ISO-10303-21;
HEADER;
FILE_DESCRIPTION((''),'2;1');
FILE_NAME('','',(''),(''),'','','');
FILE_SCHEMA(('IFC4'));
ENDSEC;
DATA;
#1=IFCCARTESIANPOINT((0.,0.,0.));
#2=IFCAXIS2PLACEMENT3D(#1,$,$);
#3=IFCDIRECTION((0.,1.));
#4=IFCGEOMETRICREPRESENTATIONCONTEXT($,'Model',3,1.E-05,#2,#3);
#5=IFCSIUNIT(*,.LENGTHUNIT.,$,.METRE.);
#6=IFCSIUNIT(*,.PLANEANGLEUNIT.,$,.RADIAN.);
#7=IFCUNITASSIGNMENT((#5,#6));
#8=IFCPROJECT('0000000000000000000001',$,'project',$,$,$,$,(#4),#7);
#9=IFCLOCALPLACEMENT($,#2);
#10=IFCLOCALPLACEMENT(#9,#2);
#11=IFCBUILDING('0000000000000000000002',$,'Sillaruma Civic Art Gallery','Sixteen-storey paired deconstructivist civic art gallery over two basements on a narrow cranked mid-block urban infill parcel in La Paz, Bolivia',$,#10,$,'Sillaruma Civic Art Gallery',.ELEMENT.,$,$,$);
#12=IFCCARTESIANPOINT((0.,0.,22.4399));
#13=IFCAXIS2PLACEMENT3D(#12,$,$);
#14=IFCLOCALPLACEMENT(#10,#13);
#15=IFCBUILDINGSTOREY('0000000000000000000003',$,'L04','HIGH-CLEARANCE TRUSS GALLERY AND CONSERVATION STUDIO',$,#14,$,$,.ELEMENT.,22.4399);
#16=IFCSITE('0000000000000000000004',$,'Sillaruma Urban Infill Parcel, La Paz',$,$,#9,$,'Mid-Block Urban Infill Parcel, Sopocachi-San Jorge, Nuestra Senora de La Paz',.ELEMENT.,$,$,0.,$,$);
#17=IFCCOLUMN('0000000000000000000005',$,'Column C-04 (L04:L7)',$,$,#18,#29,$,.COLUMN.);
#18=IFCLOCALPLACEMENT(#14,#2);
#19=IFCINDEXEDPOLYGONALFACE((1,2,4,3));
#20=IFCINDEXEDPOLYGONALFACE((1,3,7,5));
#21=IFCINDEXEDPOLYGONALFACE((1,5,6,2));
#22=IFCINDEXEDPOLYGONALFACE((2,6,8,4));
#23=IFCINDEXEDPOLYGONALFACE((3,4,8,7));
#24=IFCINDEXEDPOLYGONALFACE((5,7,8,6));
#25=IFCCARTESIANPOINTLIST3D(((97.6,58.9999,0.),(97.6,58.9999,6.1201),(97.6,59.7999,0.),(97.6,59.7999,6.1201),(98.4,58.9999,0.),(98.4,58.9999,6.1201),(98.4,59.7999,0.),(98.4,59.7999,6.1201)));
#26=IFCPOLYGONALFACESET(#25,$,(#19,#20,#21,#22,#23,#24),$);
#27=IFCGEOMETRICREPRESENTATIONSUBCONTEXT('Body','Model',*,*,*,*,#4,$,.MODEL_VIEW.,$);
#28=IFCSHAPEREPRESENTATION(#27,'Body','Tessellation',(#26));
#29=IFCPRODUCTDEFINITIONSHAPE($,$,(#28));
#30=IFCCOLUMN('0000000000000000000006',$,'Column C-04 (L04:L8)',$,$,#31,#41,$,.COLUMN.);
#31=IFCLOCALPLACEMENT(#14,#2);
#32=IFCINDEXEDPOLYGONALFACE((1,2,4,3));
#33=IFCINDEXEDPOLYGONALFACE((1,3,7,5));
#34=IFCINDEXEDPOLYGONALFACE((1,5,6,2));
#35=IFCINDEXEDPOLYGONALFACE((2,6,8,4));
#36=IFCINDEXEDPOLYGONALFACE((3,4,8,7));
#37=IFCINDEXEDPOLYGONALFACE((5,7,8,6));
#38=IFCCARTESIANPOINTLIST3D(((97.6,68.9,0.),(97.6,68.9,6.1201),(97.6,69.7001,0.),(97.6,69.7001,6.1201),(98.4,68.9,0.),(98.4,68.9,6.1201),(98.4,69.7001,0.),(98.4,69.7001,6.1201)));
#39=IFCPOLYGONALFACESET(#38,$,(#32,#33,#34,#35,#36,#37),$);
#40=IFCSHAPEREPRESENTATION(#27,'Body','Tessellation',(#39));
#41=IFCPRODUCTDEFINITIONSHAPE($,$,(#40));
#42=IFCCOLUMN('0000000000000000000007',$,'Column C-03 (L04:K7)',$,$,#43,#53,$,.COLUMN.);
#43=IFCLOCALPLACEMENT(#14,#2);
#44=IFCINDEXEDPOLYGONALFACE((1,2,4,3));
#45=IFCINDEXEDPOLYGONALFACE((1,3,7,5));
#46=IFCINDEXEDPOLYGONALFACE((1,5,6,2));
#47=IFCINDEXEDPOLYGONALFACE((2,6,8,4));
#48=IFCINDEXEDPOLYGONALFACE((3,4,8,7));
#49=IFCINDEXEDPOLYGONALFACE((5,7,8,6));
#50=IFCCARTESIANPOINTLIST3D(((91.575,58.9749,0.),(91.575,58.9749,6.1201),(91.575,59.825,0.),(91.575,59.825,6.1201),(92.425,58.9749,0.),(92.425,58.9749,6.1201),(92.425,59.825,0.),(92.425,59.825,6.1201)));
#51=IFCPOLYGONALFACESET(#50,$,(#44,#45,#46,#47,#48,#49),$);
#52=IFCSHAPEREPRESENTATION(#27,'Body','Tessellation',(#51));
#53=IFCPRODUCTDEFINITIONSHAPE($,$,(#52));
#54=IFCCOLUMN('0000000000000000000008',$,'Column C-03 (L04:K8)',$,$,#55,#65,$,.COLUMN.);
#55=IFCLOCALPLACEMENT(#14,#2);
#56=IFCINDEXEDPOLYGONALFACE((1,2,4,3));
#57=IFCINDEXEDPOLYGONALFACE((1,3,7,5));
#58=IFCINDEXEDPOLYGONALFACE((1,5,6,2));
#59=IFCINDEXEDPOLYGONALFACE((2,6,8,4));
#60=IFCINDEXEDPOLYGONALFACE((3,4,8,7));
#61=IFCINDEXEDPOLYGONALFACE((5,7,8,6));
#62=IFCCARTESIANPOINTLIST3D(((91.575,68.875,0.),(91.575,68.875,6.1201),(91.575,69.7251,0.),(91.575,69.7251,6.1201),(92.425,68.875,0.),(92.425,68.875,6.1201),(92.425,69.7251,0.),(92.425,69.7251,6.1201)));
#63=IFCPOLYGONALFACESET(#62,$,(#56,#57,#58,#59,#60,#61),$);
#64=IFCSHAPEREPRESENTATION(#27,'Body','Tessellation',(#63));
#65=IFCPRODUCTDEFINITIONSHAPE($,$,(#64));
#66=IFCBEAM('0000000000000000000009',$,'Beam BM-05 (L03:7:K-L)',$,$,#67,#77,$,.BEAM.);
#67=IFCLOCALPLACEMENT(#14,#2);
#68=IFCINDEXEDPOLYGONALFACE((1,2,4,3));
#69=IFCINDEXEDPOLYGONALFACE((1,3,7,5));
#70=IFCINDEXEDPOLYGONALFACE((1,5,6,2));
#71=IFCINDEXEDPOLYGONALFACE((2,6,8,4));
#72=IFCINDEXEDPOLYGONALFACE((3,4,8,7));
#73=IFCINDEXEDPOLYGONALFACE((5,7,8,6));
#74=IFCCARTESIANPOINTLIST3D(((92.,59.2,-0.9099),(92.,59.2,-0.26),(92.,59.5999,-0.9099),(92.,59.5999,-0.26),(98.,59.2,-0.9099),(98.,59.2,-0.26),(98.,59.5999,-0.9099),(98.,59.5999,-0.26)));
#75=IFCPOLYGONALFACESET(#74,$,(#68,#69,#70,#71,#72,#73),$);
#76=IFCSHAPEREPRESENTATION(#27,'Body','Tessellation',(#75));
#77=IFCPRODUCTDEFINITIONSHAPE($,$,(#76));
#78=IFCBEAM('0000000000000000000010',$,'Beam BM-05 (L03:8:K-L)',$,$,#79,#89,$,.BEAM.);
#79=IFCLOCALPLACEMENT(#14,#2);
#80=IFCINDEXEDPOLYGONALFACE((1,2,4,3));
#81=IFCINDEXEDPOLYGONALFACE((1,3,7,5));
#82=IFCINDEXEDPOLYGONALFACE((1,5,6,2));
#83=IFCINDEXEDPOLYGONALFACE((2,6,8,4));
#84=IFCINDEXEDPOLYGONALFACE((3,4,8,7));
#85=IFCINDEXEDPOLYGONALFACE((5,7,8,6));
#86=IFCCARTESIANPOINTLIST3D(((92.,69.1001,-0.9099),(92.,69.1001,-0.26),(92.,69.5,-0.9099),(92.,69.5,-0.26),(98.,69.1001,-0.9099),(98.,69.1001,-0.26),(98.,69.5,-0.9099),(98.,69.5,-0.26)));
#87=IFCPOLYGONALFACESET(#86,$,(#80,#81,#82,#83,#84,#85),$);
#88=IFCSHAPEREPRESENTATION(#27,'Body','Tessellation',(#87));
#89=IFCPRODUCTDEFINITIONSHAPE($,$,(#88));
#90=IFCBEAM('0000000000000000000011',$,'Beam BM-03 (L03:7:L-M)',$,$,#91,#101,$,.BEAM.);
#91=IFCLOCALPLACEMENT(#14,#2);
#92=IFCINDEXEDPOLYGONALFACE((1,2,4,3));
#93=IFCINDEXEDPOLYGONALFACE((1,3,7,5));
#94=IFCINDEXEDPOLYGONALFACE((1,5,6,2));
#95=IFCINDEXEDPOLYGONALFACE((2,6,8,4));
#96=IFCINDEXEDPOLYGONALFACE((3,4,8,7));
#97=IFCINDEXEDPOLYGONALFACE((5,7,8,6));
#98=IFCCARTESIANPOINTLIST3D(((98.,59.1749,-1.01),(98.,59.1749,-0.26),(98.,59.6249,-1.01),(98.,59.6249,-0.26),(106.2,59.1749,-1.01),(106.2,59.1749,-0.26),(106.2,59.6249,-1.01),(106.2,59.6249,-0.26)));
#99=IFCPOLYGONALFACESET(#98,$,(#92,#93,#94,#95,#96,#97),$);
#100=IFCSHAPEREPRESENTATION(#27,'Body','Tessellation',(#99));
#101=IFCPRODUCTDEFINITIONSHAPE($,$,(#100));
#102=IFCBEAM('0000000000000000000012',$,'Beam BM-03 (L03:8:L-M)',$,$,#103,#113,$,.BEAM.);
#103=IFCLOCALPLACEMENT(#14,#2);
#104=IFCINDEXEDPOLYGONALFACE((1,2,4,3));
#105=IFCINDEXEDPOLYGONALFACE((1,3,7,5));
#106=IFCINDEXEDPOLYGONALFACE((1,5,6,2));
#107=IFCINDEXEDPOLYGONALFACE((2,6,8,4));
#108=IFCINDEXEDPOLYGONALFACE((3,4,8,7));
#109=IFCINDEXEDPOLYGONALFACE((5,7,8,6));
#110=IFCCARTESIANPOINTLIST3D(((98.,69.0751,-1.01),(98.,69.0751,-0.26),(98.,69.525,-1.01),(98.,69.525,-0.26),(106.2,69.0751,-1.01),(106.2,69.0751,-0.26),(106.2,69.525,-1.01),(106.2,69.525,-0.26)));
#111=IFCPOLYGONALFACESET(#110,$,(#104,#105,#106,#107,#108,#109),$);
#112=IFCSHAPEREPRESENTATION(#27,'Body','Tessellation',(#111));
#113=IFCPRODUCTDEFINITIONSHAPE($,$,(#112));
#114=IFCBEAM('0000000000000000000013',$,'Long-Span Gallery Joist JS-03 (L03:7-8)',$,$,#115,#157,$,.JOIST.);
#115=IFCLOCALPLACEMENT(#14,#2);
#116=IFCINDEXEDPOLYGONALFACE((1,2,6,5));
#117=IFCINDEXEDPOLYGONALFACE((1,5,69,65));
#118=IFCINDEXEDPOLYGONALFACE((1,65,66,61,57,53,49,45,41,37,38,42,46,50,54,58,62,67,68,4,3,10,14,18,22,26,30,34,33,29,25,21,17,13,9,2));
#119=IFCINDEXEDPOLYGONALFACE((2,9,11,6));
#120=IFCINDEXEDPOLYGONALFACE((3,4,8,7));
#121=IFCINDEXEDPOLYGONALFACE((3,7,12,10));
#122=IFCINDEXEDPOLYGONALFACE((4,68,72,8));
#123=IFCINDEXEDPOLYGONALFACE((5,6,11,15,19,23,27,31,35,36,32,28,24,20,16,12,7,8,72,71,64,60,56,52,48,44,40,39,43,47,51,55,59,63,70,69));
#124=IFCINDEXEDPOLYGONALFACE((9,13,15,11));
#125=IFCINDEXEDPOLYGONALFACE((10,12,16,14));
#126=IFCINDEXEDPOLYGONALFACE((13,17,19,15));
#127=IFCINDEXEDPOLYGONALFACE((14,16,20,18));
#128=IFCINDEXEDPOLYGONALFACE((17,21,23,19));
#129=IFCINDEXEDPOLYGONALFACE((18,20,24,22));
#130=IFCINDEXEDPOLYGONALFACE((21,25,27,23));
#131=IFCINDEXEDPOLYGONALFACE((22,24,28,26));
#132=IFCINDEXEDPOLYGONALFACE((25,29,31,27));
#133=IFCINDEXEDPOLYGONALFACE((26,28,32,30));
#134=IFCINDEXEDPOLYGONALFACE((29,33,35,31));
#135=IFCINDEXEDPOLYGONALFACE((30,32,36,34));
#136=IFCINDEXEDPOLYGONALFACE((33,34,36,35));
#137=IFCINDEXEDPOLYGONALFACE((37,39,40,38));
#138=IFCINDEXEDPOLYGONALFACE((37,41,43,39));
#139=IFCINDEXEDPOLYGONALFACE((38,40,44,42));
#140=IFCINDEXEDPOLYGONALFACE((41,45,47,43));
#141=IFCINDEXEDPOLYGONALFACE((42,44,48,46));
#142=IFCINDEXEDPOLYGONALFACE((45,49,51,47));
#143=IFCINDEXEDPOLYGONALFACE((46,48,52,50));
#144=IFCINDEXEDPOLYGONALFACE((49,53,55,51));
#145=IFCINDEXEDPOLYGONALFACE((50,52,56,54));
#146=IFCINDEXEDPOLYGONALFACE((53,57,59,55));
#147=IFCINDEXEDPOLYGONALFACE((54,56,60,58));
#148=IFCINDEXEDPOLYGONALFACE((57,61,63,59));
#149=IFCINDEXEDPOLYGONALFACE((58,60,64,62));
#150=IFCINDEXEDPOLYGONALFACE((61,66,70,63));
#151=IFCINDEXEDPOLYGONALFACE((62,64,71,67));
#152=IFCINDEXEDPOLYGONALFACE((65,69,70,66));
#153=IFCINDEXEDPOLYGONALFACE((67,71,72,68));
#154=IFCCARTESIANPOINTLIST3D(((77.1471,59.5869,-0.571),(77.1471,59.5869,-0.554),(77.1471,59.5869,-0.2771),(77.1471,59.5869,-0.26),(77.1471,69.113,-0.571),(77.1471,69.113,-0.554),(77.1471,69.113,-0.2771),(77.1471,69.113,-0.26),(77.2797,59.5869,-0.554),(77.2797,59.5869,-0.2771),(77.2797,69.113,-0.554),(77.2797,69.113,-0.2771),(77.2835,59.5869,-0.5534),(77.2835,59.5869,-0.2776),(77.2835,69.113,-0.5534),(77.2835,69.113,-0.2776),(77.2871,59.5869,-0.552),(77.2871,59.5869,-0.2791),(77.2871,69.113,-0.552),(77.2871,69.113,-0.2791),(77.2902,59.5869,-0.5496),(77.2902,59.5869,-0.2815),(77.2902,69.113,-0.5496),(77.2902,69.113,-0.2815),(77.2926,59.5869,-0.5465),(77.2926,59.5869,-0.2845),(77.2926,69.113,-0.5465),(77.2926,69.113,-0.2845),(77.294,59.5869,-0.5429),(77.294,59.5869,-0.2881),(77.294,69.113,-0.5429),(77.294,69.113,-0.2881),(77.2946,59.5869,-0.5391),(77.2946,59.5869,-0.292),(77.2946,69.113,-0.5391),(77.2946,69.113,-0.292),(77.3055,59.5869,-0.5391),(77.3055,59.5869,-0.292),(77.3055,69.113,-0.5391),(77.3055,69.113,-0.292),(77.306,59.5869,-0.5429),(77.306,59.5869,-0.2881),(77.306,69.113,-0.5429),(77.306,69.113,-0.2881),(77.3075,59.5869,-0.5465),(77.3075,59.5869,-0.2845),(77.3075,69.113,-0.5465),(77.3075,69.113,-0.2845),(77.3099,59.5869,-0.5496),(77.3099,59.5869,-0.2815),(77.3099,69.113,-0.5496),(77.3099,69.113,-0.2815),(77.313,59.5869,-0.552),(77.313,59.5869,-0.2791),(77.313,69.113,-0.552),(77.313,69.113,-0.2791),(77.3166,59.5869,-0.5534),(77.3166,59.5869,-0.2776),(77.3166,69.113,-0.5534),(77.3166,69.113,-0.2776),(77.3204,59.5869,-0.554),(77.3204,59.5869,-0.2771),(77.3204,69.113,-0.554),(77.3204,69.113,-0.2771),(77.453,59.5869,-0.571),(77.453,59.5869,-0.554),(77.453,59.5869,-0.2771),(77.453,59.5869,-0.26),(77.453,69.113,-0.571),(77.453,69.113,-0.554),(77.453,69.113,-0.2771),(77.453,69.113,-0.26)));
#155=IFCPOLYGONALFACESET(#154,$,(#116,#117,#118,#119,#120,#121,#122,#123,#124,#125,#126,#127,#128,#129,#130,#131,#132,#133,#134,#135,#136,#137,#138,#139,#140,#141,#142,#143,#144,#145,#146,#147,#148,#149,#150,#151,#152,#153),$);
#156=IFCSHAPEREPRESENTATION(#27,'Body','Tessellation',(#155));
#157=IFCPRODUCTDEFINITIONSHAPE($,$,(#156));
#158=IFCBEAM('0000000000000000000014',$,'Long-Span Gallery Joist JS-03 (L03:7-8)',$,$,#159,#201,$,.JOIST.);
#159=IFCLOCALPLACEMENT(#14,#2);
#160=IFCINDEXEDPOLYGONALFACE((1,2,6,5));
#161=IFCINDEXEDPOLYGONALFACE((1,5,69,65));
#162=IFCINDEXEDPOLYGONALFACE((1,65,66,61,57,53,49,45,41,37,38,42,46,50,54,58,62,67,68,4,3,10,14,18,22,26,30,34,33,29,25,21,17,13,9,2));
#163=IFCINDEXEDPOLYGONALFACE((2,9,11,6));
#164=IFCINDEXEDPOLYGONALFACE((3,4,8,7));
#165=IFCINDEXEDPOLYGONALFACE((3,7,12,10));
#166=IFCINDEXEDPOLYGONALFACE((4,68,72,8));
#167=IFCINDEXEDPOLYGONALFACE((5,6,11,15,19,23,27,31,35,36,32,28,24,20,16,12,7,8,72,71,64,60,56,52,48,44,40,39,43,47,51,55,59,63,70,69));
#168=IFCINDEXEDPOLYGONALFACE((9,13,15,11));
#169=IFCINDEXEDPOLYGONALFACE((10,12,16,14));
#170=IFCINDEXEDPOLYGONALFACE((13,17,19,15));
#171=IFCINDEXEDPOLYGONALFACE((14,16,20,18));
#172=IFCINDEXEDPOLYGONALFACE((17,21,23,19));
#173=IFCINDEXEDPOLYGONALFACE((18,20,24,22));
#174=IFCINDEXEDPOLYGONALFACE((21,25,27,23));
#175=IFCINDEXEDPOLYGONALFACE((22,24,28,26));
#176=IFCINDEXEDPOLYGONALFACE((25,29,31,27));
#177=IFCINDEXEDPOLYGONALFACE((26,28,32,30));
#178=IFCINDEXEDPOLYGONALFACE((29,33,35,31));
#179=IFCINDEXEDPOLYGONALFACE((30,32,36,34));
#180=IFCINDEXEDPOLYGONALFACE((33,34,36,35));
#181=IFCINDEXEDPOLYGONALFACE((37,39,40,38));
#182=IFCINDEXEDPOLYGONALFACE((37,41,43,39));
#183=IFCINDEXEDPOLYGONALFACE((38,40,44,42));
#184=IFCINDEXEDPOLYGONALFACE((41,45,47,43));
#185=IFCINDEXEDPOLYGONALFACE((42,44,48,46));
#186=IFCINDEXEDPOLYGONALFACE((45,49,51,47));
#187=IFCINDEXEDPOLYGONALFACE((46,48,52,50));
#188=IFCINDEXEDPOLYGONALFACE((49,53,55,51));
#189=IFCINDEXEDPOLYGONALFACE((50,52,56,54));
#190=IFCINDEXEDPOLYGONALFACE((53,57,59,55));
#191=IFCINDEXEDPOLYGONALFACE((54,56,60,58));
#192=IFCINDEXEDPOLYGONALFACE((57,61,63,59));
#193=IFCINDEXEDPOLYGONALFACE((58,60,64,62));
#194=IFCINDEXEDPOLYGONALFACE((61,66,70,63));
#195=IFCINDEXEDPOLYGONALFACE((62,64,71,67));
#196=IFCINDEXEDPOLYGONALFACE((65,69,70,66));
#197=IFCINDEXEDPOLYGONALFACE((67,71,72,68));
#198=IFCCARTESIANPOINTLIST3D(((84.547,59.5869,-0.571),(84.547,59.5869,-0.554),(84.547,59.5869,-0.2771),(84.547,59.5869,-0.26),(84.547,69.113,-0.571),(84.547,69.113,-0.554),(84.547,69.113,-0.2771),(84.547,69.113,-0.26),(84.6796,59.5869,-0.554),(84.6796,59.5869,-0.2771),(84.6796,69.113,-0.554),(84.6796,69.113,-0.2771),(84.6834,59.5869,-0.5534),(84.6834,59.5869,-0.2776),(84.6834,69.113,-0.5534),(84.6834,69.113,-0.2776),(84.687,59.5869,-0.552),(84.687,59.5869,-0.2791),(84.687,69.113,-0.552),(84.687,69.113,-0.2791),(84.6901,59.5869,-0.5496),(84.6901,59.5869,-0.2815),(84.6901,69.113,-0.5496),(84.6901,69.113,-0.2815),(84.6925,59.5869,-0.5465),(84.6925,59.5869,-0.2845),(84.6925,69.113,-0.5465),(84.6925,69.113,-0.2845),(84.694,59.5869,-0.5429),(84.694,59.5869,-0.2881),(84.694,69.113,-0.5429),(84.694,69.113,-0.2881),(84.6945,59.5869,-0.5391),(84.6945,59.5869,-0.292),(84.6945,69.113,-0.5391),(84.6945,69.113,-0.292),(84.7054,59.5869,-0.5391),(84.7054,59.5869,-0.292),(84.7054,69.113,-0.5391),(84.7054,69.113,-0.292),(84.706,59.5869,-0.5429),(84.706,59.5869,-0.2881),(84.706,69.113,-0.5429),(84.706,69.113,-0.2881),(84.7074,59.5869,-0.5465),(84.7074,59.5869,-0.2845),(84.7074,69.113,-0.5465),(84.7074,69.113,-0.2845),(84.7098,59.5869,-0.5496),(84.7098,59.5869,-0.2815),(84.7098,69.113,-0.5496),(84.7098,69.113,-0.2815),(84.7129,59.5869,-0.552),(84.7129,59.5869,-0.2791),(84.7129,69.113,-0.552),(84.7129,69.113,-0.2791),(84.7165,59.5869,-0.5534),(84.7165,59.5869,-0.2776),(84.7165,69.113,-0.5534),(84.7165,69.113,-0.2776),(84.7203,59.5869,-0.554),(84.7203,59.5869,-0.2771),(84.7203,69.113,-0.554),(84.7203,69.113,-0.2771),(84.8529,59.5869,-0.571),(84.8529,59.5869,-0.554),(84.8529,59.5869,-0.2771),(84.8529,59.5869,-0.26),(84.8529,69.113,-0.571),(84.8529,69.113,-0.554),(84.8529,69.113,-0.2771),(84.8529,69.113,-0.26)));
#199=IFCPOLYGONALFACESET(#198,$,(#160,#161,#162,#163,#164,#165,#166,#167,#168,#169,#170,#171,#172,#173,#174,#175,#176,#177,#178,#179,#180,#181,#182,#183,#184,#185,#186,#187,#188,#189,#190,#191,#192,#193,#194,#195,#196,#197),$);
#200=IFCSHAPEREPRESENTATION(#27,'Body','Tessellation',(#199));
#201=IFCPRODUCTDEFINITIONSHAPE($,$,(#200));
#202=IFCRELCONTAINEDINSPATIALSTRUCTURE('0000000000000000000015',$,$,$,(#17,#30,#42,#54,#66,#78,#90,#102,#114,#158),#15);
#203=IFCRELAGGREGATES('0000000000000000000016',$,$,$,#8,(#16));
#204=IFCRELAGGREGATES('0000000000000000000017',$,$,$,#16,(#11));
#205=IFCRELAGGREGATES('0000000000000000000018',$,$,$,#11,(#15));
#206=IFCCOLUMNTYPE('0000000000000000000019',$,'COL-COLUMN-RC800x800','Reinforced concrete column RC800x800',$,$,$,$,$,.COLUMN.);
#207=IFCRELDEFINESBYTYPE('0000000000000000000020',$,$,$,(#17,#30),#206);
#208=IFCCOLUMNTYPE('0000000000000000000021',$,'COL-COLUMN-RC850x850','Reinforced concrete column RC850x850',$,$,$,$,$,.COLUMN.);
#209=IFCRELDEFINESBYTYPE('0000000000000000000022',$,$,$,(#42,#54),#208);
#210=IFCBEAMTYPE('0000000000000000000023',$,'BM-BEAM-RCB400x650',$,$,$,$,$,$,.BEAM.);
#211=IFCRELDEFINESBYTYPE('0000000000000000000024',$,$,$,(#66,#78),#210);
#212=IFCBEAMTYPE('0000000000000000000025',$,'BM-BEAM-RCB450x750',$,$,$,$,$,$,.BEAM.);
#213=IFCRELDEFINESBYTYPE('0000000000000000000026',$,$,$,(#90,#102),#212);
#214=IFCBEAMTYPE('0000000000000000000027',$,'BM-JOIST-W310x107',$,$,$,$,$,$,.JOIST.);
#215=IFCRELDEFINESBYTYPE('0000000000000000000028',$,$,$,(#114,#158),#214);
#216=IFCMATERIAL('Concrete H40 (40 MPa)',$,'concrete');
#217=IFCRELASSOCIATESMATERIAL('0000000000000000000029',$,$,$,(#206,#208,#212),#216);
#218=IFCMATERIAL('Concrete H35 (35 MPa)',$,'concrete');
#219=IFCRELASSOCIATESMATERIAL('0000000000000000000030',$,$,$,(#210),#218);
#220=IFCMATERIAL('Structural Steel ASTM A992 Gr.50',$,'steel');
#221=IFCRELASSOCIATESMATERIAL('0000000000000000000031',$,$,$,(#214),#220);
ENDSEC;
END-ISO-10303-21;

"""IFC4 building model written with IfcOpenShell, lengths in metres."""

from ifc_helpers import new_model, si_unit, direction, frame, origin, origin_2d, place, context, subcontext, project, spatial, rectangle, i_section, extrude, material, material_profile, profile_set, type_object, element, save


model = new_model("IFC4")

# Units and contexts
model_context = context("Model", 3, precision=1e-05, world=origin(), true_north=direction((0.0, 1.0)))
body_context = subcontext(model_context, "Body", "Model", "MODEL_VIEW")
ifc_project = project(units=[si_unit("LENGTHUNIT", "METRE"), si_unit("PLANEANGLEUNIT", "RADIAN")], contexts=[model_context])

# Site, building, storey
site_placement = place(None, origin())
site = spatial("IfcSite", under=ifc_project, at=site_placement, Name="Sillaruma Urban Infill Parcel, La Paz", LongName="Mid-Block Urban Infill Parcel, Sopocachi-San Jorge, Nuestra Senora de La Paz", CompositionType="ELEMENT", RefElevation=0.0)
building_placement = place(site_placement, origin())
building = spatial("IfcBuilding", under=site, at=building_placement, Name="Sillaruma Civic Art Gallery", Description="Sixteen-storey paired deconstructivist civic art gallery over two basements on a narrow cranked mid-block urban infill parcel in La Paz, Bolivia", LongName="Sillaruma Civic Art Gallery", CompositionType="ELEMENT")
storey_placement = place(building_placement, frame((0.0, 0.0, 22.4399)))
storey = spatial("IfcBuildingStorey", under=building, at=storey_placement, Name="L04", Description="HIGH-CLEARANCE TRUSS GALLERY AND CONSERVATION STUDIO", CompositionType="ELEMENT", Elevation=22.4399)

# Columns
ifc_material_1 = material(Name="Concrete H40 (40 MPa)", Category="concrete")
ifc_material_profile_1 = material_profile(ifc_material_1, rectangle(XDim=0.8, YDim=0.8, at=origin_2d()), Name="RC800x800")
ifc_profile_set_1 = profile_set([ifc_material_profile_1], Name="Concrete H40 (40 MPa)")
column_type_1 = type_object("IfcColumnType", Name="COL-COLUMN-RC800x800", Description="Reinforced concrete column RC800x800", PredefinedType="COLUMN", material=ifc_profile_set_1)
for number, where, z_axis, x_axis, name in (
    (1, (98.0, 59.3999, 0.0), (0.0, 0.0, 1.0), (1.0, 0.0, 0.0), "Column C-04 (L04:L7)"),
    (2, (98.0, 69.3, 0.0), (0.0, 0.0, 1.0), (1.0, 0.0, 0.0), "Column C-04 (L04:L8)"),
):
    element("IfcColumn", number, at=place(storey_placement, frame(where, z_axis=z_axis, x_axis=x_axis)), inside=storey, type_object=column_type_1, Name=name, PredefinedType="COLUMN", context=body_context, shape_type="SweptSolid", body=[
        extrude(rectangle(XDim=0.8, YDim=0.8, at=origin_2d()), origin(), (0.0, 0.0, 1.0), 6.1201),
    ])
ifc_material_profile_2 = material_profile(ifc_material_1, rectangle(XDim=0.8501, YDim=0.8501, at=origin_2d()), Name="RC850x850")
ifc_profile_set_2 = profile_set([ifc_material_profile_2], Name="Concrete H40 (40 MPa)")
column_type_2 = type_object("IfcColumnType", Name="COL-COLUMN-RC850x850", Description="Reinforced concrete column RC850x850", PredefinedType="COLUMN", material=ifc_profile_set_2)
for number, where, z_axis, x_axis, name in (
    (3, (92.0, 59.3999, 0.0), (0.0, 0.0, 1.0), (1.0, 0.0, 0.0), "Column C-03 (L04:K7)"),
    (4, (92.0, 69.3, 0.0), (0.0, 0.0, 1.0), (1.0, 0.0, 0.0), "Column C-03 (L04:K8)"),
):
    element("IfcColumn", number, at=place(storey_placement, frame(where, z_axis=z_axis, x_axis=x_axis)), inside=storey, type_object=column_type_2, Name=name, PredefinedType="COLUMN", context=body_context, shape_type="SweptSolid", body=[
        extrude(rectangle(XDim=0.8501, YDim=0.8501, at=origin_2d()), origin(), (0.0, 0.0, 1.0), 6.1201),
    ])

# Beams
ifc_material_2 = material(Name="Concrete H35 (35 MPa)", Category="concrete")
ifc_material_profile_3 = material_profile(ifc_material_2, rectangle(XDim=0.3999, YDim=0.6499, at=origin_2d()), Name="RCB400x650")
ifc_profile_set_3 = profile_set([ifc_material_profile_3], Name="Concrete H35 (35 MPa)")
beam_type_1 = type_object("IfcBeamType", Name="BM-BEAM-RCB400x650", PredefinedType="BEAM", material=ifc_profile_set_3)
for number, where, z_axis, x_axis, name in (
    (5, (92.0, 59.3999, -0.585), (1.0, 0.0, 0.0), (0.0, 1.0, 0.0), "Beam BM-05 (L03:7:K-L)"),
    (6, (92.0, 69.3, -0.585), (1.0, 0.0, 0.0), (0.0, 1.0, 0.0), "Beam BM-05 (L03:8:K-L)"),
):
    element("IfcBeam", number, at=place(storey_placement, frame(where, z_axis=z_axis, x_axis=x_axis)), inside=storey, type_object=beam_type_1, Name=name, PredefinedType="BEAM", context=body_context, shape_type="SweptSolid", body=[
        extrude(rectangle(XDim=0.3999, YDim=0.6499, at=origin_2d()), origin(), (0.0, 0.0, 1.0), 6.0),
    ])
ifc_material_profile_4 = material_profile(ifc_material_1, rectangle(XDim=0.45, YDim=0.75, at=origin_2d()), Name="RCB450x750")
ifc_profile_set_4 = profile_set([ifc_material_profile_4], Name="Concrete H40 (40 MPa)")
beam_type_2 = type_object("IfcBeamType", Name="BM-BEAM-RCB450x750", PredefinedType="BEAM", material=ifc_profile_set_4)
for number, where, z_axis, x_axis, name in (
    (7, (98.0, 59.3999, -0.635), (1.0, 0.0, 0.0), (0.0, 1.0, 0.0), "Beam BM-03 (L03:7:L-M)"),
    (8, (98.0, 69.3, -0.635), (1.0, 0.0, 0.0), (0.0, 1.0, 0.0), "Beam BM-03 (L03:8:L-M)"),
):
    element("IfcBeam", number, at=place(storey_placement, frame(where, z_axis=z_axis, x_axis=x_axis)), inside=storey, type_object=beam_type_2, Name=name, PredefinedType="BEAM", context=body_context, shape_type="SweptSolid", body=[
        extrude(rectangle(XDim=0.45, YDim=0.75, at=origin_2d()), origin(), (0.0, 0.0, 1.0), 8.2),
    ])
ifc_material_3 = material(Name="Structural Steel ASTM A992 Gr.50", Category="steel")
ifc_material_profile_5 = material_profile(ifc_material_3, i_section(OverallWidth=0.3059, OverallDepth=0.311, WebThickness=0.011, FlangeThickness=0.0171, FilletRadius=0.0149, at=origin_2d()), Name="W310x107")
ifc_profile_set_5 = profile_set([ifc_material_profile_5], Name="Structural Steel ASTM A992 Gr.50")
beam_type_3 = type_object("IfcBeamType", Name="BM-JOIST-W310x107", PredefinedType="JOIST", material=ifc_profile_set_5)
for number, where, z_axis, x_axis, name in (
    (9, (77.3, 59.5869, -0.4155), (0.0, 1.0, 0.0), (-1.0, 0.0, 0.0), "Long-Span Gallery Joist JS-03 (L03:7-8)"),
    (10, (84.7, 59.5869, -0.4155), (0.0, 1.0, 0.0), (-1.0, 0.0, 0.0), "Long-Span Gallery Joist JS-03 (L03:7-8)"),
):
    element("IfcBeam", number, at=place(storey_placement, frame(where, z_axis=z_axis, x_axis=x_axis)), inside=storey, type_object=beam_type_3, Name=name, PredefinedType="JOIST", context=body_context, shape_type="SweptSolid", body=[
        extrude(i_section(OverallWidth=0.3059, OverallDepth=0.311, WebThickness=0.011, FlangeThickness=0.0171, FilletRadius=0.0149, at=origin_2d()), origin(), (0.0, 0.0, 1.0), 9.5261),
    ])

save(model, "model.ifc")
